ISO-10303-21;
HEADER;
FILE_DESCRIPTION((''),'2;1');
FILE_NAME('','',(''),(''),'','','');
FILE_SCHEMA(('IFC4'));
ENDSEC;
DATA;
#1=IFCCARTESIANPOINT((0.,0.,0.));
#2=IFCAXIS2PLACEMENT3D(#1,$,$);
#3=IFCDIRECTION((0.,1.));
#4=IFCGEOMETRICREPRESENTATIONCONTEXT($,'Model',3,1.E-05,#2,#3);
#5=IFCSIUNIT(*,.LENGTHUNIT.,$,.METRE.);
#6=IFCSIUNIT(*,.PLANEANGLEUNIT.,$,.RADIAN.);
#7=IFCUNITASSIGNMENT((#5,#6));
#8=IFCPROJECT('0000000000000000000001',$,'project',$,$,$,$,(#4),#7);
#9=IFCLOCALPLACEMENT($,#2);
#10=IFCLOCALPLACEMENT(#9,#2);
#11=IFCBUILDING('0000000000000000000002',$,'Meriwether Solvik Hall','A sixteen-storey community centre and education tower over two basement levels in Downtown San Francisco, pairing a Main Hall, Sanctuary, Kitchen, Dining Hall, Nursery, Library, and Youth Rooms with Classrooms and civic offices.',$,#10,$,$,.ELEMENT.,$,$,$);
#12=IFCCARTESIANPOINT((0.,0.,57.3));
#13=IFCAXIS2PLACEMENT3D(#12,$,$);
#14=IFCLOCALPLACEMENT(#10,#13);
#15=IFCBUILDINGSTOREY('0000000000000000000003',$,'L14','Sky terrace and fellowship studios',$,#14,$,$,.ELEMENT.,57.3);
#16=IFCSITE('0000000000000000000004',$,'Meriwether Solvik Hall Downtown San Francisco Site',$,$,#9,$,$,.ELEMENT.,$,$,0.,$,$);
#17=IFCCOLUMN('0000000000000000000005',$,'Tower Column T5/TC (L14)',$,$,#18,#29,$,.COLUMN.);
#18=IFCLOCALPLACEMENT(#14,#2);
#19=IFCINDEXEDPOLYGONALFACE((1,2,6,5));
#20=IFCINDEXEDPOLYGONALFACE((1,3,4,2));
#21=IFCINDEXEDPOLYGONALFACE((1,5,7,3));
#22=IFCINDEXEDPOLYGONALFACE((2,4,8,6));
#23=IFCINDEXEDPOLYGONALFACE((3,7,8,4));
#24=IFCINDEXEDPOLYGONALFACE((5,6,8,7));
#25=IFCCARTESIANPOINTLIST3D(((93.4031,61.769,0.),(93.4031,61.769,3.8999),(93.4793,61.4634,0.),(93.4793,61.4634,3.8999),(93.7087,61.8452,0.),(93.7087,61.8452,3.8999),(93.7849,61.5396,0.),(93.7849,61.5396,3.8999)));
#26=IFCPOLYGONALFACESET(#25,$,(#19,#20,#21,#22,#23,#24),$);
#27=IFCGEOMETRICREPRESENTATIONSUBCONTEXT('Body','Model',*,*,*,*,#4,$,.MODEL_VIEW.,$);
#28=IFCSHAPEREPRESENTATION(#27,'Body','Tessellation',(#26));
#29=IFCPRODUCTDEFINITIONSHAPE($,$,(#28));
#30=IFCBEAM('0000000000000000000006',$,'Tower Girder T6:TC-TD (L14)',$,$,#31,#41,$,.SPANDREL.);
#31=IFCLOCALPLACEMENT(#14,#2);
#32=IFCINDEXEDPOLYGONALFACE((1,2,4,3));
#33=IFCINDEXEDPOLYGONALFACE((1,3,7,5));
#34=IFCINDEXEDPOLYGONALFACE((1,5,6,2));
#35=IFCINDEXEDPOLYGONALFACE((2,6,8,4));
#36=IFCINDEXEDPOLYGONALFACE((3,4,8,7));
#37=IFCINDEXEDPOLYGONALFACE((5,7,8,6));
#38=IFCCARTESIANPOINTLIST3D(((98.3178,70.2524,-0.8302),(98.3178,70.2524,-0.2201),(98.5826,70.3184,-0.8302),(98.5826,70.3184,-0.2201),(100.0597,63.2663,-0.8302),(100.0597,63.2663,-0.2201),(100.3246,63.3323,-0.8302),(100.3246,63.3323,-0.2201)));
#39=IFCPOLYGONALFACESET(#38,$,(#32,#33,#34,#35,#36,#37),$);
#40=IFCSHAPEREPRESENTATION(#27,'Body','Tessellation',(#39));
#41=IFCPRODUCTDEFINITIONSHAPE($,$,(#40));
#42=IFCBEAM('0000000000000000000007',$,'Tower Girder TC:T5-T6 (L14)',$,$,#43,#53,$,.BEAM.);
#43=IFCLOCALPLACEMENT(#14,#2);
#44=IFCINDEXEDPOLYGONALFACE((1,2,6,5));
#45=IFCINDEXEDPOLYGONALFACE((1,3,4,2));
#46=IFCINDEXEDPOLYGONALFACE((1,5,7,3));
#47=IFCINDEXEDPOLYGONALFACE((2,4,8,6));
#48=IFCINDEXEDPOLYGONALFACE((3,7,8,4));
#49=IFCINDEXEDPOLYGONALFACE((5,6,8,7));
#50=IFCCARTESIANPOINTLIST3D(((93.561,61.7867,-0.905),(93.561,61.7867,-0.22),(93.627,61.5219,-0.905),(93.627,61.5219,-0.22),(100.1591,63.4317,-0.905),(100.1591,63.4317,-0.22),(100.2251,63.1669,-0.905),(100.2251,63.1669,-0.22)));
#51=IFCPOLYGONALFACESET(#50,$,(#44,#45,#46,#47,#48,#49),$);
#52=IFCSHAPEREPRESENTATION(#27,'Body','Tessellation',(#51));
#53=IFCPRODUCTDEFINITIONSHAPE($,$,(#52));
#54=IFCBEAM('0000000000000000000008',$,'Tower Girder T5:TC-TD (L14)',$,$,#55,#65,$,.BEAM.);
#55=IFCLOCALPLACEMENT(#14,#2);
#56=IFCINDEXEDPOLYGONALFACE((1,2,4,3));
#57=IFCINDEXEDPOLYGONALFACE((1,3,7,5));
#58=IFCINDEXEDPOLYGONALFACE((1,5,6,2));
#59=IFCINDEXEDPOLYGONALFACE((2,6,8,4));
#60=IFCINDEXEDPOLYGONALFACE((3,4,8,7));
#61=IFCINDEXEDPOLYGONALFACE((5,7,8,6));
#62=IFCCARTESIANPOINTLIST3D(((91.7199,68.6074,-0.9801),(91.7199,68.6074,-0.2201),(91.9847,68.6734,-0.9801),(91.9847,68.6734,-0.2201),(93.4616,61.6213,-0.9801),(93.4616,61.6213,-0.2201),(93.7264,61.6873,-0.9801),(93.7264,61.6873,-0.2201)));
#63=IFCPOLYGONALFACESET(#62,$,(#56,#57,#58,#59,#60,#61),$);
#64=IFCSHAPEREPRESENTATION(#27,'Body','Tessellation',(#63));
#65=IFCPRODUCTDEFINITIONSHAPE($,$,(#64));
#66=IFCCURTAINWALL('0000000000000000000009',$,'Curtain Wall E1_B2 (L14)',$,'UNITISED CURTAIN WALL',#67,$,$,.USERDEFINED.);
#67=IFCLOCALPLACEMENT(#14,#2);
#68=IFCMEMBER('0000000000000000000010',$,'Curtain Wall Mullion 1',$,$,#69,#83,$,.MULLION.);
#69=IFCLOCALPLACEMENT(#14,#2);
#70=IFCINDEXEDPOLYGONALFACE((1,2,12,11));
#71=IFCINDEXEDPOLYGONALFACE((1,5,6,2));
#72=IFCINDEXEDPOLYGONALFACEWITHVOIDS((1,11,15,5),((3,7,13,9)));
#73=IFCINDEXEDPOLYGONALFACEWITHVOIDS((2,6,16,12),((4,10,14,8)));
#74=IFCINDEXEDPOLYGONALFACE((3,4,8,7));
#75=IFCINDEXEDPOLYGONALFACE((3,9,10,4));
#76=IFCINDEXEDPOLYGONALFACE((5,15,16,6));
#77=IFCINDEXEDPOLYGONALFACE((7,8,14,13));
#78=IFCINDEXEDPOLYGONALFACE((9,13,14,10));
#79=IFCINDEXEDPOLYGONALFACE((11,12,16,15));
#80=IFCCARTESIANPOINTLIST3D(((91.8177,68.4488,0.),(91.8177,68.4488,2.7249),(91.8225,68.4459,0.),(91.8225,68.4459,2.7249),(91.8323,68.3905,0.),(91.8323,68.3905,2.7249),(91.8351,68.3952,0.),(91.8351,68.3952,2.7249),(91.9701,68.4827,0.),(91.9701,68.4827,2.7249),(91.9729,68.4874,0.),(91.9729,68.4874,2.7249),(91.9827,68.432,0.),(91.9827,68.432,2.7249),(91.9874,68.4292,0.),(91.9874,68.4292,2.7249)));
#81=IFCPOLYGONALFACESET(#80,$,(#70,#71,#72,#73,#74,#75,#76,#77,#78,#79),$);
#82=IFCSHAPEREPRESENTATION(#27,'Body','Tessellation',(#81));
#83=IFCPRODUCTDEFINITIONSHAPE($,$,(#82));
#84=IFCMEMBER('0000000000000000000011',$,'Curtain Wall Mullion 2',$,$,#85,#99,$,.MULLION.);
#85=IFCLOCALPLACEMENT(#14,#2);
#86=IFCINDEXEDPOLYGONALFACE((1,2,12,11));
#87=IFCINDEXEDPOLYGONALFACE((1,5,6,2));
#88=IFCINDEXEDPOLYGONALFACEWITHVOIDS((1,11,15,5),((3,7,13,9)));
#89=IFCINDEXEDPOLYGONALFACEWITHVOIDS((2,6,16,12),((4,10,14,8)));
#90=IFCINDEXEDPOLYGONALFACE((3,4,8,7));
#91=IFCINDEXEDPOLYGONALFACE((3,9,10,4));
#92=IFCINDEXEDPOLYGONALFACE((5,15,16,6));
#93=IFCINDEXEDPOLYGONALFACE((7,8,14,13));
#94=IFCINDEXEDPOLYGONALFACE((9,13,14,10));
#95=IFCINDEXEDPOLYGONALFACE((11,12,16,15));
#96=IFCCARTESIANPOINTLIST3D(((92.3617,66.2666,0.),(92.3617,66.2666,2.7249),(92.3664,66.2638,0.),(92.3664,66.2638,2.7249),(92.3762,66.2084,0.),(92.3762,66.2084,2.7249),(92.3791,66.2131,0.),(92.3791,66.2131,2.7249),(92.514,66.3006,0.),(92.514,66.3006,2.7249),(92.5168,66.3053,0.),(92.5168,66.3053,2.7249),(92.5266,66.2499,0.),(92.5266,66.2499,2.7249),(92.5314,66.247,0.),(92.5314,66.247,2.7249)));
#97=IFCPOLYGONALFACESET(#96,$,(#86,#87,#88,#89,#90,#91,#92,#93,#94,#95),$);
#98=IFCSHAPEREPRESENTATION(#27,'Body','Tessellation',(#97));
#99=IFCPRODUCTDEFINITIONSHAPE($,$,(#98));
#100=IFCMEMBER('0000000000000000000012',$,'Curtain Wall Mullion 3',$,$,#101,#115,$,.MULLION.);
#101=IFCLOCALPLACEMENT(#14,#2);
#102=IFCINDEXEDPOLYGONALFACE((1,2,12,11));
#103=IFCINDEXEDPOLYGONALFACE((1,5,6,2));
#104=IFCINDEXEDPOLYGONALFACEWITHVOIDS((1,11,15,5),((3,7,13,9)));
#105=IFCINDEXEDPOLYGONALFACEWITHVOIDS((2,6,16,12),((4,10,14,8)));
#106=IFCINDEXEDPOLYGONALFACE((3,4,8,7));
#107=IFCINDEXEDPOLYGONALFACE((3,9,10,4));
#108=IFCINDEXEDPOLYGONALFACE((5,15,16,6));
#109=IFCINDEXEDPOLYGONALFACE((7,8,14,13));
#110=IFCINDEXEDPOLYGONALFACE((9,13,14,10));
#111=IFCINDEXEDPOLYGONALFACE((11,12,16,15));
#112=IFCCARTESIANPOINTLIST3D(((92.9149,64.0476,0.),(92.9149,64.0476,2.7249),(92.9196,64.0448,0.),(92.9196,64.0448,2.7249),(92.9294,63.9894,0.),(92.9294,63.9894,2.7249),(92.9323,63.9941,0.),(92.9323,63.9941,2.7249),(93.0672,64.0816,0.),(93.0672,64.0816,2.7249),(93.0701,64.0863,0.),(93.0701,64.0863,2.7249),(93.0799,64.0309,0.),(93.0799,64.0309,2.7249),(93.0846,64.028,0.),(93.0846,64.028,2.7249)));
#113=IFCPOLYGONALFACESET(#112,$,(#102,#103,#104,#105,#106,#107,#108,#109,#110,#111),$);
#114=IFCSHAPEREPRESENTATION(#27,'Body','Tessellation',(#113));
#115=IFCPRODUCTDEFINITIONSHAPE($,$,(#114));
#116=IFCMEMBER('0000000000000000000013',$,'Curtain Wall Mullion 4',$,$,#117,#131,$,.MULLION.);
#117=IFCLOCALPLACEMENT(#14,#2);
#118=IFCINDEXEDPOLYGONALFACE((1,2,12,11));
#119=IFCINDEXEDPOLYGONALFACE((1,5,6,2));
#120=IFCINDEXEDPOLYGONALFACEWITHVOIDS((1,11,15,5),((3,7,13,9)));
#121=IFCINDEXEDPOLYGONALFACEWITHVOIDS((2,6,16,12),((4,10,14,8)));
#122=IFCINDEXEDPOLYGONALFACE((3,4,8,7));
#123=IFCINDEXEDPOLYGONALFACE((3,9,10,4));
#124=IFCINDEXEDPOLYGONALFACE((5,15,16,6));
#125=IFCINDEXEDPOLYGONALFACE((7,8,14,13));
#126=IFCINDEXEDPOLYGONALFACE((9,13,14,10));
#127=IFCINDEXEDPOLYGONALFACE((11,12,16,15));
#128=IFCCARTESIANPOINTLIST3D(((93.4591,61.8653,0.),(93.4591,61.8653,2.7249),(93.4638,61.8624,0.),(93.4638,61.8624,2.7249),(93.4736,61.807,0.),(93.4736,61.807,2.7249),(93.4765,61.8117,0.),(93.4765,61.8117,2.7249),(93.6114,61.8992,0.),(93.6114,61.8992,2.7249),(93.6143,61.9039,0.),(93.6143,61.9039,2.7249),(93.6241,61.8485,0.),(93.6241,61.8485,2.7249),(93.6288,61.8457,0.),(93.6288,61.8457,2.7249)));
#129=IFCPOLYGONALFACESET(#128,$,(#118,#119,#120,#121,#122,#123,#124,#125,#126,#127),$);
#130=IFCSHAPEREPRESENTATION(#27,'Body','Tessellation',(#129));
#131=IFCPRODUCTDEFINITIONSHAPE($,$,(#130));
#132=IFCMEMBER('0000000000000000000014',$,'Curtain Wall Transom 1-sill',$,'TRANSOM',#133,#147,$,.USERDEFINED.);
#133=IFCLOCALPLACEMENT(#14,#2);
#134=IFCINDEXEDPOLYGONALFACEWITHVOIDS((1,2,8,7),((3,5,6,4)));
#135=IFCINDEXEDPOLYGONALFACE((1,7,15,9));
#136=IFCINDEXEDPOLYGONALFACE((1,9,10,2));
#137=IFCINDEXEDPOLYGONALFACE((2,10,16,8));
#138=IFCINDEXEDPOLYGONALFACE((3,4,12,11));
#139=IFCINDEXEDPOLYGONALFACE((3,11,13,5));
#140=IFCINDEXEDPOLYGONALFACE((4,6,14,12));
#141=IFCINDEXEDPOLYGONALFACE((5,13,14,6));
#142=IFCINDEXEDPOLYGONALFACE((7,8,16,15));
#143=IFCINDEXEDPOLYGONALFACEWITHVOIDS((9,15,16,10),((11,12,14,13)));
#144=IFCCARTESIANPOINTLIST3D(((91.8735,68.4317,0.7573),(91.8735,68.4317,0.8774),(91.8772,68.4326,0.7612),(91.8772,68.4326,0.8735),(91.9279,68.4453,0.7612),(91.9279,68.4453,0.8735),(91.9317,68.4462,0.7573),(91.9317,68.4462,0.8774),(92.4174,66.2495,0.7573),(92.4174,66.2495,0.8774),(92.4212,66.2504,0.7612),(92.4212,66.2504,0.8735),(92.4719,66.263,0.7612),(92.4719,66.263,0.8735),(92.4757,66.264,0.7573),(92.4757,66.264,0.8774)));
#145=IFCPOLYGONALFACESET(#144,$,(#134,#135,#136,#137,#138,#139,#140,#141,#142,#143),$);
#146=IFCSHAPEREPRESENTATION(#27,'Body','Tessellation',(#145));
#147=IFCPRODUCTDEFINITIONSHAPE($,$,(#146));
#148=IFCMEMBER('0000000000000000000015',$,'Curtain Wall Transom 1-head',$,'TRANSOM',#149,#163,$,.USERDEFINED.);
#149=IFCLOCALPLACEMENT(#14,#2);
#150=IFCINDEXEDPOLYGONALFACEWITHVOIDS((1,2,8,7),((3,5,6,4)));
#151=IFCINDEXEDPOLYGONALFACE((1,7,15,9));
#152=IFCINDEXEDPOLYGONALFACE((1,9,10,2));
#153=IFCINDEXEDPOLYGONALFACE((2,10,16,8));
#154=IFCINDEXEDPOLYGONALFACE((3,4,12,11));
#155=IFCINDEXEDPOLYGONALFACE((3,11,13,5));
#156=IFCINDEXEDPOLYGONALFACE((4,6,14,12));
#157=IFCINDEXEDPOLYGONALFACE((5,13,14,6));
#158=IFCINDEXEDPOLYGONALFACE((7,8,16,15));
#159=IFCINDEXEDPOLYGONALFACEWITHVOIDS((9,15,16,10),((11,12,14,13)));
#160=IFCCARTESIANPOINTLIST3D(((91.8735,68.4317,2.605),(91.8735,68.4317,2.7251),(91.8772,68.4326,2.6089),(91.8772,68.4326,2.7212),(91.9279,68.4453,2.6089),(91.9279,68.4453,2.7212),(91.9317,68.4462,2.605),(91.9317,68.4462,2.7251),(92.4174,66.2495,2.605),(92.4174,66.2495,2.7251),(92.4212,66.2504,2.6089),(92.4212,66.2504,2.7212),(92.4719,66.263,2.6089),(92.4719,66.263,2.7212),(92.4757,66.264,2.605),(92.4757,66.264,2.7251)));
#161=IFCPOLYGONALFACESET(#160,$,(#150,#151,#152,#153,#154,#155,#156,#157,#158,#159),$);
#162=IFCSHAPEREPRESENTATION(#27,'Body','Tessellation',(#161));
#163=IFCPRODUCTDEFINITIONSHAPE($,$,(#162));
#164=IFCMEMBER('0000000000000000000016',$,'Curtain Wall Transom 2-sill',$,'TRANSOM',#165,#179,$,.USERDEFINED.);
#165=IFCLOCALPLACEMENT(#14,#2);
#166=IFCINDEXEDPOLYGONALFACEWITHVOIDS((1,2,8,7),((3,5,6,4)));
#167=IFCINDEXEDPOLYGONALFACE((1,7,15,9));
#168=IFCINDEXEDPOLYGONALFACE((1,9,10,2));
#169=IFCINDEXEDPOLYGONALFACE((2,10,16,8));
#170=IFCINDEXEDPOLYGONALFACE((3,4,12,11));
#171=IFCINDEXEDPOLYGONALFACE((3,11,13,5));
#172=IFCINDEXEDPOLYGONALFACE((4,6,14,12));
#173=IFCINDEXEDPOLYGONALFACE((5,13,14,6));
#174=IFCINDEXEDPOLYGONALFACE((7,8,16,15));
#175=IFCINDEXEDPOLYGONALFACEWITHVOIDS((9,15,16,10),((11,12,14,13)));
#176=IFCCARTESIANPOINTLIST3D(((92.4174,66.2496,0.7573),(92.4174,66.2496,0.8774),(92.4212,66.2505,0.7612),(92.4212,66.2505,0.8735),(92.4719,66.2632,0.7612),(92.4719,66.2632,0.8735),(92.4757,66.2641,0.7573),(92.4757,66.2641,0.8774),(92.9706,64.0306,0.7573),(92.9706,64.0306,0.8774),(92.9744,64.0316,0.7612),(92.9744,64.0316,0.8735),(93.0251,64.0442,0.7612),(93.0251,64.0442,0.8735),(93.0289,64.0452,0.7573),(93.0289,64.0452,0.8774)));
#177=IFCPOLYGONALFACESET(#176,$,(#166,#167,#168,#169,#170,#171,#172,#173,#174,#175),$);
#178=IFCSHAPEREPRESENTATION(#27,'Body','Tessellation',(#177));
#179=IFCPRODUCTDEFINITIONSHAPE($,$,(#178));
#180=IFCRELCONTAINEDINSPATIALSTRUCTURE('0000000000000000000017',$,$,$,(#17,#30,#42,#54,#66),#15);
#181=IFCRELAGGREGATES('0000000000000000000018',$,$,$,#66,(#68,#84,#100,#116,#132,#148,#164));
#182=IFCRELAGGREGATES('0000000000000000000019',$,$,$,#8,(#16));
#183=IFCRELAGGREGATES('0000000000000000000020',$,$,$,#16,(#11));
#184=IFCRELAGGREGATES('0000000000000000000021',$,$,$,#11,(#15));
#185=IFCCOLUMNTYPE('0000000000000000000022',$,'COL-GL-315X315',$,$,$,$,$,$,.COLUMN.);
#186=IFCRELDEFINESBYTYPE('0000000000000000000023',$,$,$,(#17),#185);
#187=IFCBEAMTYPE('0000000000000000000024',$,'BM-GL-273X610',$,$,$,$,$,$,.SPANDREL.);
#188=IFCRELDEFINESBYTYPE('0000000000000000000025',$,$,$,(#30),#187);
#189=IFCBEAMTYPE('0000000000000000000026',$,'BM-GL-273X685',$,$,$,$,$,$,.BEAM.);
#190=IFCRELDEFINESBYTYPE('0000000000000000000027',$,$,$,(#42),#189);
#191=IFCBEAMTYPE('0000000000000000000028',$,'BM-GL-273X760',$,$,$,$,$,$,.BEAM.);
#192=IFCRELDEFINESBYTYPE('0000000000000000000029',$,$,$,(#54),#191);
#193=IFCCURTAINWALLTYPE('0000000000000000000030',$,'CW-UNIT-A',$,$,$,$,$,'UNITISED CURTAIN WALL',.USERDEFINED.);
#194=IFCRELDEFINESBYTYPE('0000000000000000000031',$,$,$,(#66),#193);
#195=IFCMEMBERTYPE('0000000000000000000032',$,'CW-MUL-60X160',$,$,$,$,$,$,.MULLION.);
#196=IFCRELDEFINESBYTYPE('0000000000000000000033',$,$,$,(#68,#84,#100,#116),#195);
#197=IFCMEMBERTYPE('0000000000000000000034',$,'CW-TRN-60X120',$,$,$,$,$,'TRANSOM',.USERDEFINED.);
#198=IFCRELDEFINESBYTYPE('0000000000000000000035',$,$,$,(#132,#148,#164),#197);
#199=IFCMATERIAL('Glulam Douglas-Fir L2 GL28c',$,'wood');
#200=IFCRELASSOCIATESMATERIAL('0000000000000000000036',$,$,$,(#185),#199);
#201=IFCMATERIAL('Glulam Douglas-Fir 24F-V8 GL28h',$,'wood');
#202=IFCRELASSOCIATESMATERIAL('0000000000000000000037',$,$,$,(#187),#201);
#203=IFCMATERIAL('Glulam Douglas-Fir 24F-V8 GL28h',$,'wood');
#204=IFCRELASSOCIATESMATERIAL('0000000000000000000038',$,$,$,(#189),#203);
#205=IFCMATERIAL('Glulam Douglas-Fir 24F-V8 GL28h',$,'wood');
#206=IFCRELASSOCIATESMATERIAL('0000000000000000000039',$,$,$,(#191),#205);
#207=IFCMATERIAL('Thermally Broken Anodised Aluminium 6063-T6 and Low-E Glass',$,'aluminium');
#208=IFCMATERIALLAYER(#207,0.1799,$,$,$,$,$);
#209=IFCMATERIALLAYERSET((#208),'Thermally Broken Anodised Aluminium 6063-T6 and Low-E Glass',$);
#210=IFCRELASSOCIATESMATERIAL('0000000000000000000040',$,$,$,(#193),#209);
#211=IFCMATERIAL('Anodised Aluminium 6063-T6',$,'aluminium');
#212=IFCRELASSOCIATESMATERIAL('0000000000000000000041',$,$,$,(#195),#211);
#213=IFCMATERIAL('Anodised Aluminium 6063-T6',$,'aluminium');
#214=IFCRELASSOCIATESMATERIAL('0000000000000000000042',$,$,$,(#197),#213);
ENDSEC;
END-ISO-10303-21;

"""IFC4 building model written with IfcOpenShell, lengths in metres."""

from ifc_helpers import new_model, si_unit, direction, frame, origin, origin_2d, place, context, subcontext, project, spatial, rectangle, hollow_rectangle, extrude, material, layer, layer_set, material_profile, profile_set, type_object, element, aggregate, save


model = new_model("IFC4")

# Units and contexts
model_context = context("Model", 3, precision=1e-05, world=origin(), true_north=direction((0.0, 1.0)))
body_context = subcontext(model_context, "Body", "Model", "MODEL_VIEW")
ifc_project = project(units=[si_unit("LENGTHUNIT", "METRE"), si_unit("PLANEANGLEUNIT", "RADIAN")], contexts=[model_context])

# Site, building, storey
site_placement = place(None, origin())
site = spatial("IfcSite", under=ifc_project, at=site_placement, Name="Meriwether Solvik Hall Downtown San Francisco Site", CompositionType="ELEMENT", RefElevation=0.0)
building_placement = place(site_placement, origin())
building = spatial("IfcBuilding", under=site, at=building_placement, Name="Meriwether Solvik Hall", Description="A sixteen-storey community centre and education tower over two basement levels in Downtown San Francisco, pairing a Main Hall, Sanctuary, Kitchen, Dining Hall, Nursery, Library, and Youth Rooms with Classrooms and civic offices.", CompositionType="ELEMENT")
storey_placement = place(building_placement, frame((0.0, 0.0, 57.3)))
storey = spatial("IfcBuildingStorey", under=building, at=storey_placement, Name="L14", Description="Sky terrace and fellowship studios", CompositionType="ELEMENT", Elevation=57.3)

# Column
ifc_material_1 = material(Name="Glulam Douglas-Fir L2 GL28c", Category="wood")
ifc_material_profile_1 = material_profile(ifc_material_1, rectangle(XDim=0.3149, YDim=0.3149, at=origin_2d()), Name="GLC-315X315")
ifc_profile_set_1 = profile_set([ifc_material_profile_1], Name="Glulam Douglas-Fir L2 GL28c")
column_type = type_object("IfcColumnType", Name="COL-GL-315X315", PredefinedType="COLUMN", material=ifc_profile_set_1)
column_placement = place(storey_placement, frame((93.594, 61.6543, 0.0), z_axis=(0.0, 0.0, 1.0), x_axis=(0.970296, 0.241922, 0.0)))
element("IfcColumn", 1, at=column_placement, inside=storey, type_object=column_type, Name="Tower Column T5/TC (L14)", PredefinedType="COLUMN", context=body_context, shape_type="SweptSolid", body=[
    extrude(rectangle(XDim=0.3149, YDim=0.3149, at=origin_2d()), origin(), (0.0, 0.0, 1.0), 3.8999),
])

# Beams
ifc_material_2 = material(Name="Glulam Douglas-Fir 24F-V8 GL28h", Category="wood")
ifc_material_profile_2 = material_profile(ifc_material_2, rectangle(XDim=0.2729, YDim=0.6101, at=origin_2d()), Name="GLB-273X610")
ifc_profile_set_2 = profile_set([ifc_material_profile_2], Name="Glulam Douglas-Fir 24F-V8 GL28h")
beam_type_1 = type_object("IfcBeamType", Name="BM-GL-273X610", PredefinedType="SPANDREL", material=ifc_profile_set_2)
beam_1_placement = place(storey_placement, frame((100.1921, 63.2993, -0.5251), z_axis=(-0.241937, 0.970292, 0.0), x_axis=(-0.970292, -0.241937, 0.0)))
element("IfcBeam", 2, at=beam_1_placement, inside=storey, type_object=beam_type_1, Name="Tower Girder T6:TC-TD (L14)", PredefinedType="SPANDREL", context=body_context, shape_type="SweptSolid", body=[
    extrude(rectangle(XDim=0.2729, YDim=0.6101, at=origin_2d()), origin(), (0.0, 0.0, 1.0), 7.2),
])
ifc_material_3 = material(Name="Glulam Douglas-Fir 24F-V8 GL28h", Category="wood")
ifc_material_profile_3 = material_profile(ifc_material_3, rectangle(XDim=0.2729, YDim=0.6851, at=origin_2d()), Name="GLB-273X685")
ifc_profile_set_3 = profile_set([ifc_material_profile_3], Name="Glulam Douglas-Fir 24F-V8 GL28h")
beam_type_2 = type_object("IfcBeamType", Name="BM-GL-273X685", PredefinedType="BEAM", material=ifc_profile_set_3)
beam_2_placement = place(storey_placement, frame((93.594, 61.6543, -0.5625), z_axis=(0.970299, 0.24191, 0.0), x_axis=(-0.24191, 0.970299, 0.0)))
element("IfcBeam", 3, at=beam_2_placement, inside=storey, type_object=beam_type_2, Name="Tower Girder TC:T5-T6 (L14)", PredefinedType="BEAM", context=body_context, shape_type="SweptSolid", body=[
    extrude(rectangle(XDim=0.2729, YDim=0.6851, at=origin_2d()), origin(), (0.0, 0.0, 1.0), 6.8),
])
ifc_material_4 = material(Name="Glulam Douglas-Fir 24F-V8 GL28h", Category="wood")
ifc_material_profile_4 = material_profile(ifc_material_4, rectangle(XDim=0.2729, YDim=0.76, at=origin_2d()), Name="GLB-273X760")
ifc_profile_set_4 = profile_set([ifc_material_profile_4], Name="Glulam Douglas-Fir 24F-V8 GL28h")
beam_type_3 = type_object("IfcBeamType", Name="BM-GL-273X760", PredefinedType="BEAM", material=ifc_profile_set_4)
beam_3_placement = place(storey_placement, frame((93.594, 61.6543, -0.6001), z_axis=(-0.241905, 0.9703, 0.0), x_axis=(-0.9703, -0.241905, 0.0)))
element("IfcBeam", 4, at=beam_3_placement, inside=storey, type_object=beam_type_3, Name="Tower Girder T5:TC-TD (L14)", PredefinedType="BEAM", context=body_context, shape_type="SweptSolid", body=[
    extrude(rectangle(XDim=0.2729, YDim=0.76, at=origin_2d()), origin(), (0.0, 0.0, 1.0), 7.2),
])

# Curtain wall, members
ifc_material_5 = material(Name="Thermally Broken Anodised Aluminium 6063-T6 and Low-E Glass", Category="aluminium")
ifc_layer_1 = layer(ifc_material_5, 0.1799)
ifc_layer_set_1 = layer_set([ifc_layer_1], Name="Thermally Broken Anodised Aluminium 6063-T6 and Low-E Glass")
curtain_wall_type = type_object("IfcCurtainWallType", Name="CW-UNIT-A", ElementType="UNITISED CURTAIN WALL", PredefinedType="USERDEFINED", material=ifc_layer_set_1)
curtain_wall_placement = place(storey_placement, origin())
curtain_wall = element("IfcCurtainWall", 5, at=curtain_wall_placement, inside=storey, type_object=curtain_wall_type, Name="Curtain Wall E1_B2 (L14)", ObjectType="UNITISED CURTAIN WALL", PredefinedType="USERDEFINED")
ifc_material_6 = material(Name="Anodised Aluminium 6063-T6", Category="aluminium")
ifc_material_profile_5 = material_profile(ifc_material_6, hollow_rectangle(XDim=0.0601, YDim=0.1599, WallThickness=0.0039, at=origin_2d()), Name="CWM-60X160")
ifc_profile_set_5 = profile_set([ifc_material_profile_5], Name="Anodised Aluminium 6063-T6")
member_type_1 = type_object("IfcMemberType", Name="CW-MUL-60X160", PredefinedType="MULLION", material=ifc_profile_set_5)
member_1_placement = place(storey_placement, frame((91.9026, 68.439, 0.0), z_axis=(0.0, 0.0, 1.0), x_axis=(0.241922, -0.970296, 0.0)))
member_1 = element("IfcMember", 6, at=member_1_placement, type_object=member_type_1, Name="Curtain Wall Mullion 1", PredefinedType="MULLION", context=body_context, shape_type="SweptSolid", body=[
    extrude(hollow_rectangle(XDim=0.0601, YDim=0.1599, WallThickness=0.0039, at=origin_2d()), origin(), (0.0, 0.0, 1.0), 2.7249),
])
member_2_placement = place(storey_placement, frame((92.4465, 66.2568, 0.0), z_axis=(0.0, 0.0, 1.0), x_axis=(0.241922, -0.970296, 0.0)))
member_2 = element("IfcMember", 7, at=member_2_placement, type_object=member_type_1, Name="Curtain Wall Mullion 2", PredefinedType="MULLION", context=body_context, shape_type="SweptSolid", body=[
    extrude(hollow_rectangle(XDim=0.0601, YDim=0.1599, WallThickness=0.0039, at=origin_2d()), origin(), (0.0, 0.0, 1.0), 2.7249),
])
member_3_placement = place(storey_placement, frame((92.9998, 64.0378, 0.0), z_axis=(0.0, 0.0, 1.0), x_axis=(0.241922, -0.970296, 0.0)))
member_3 = element("IfcMember", 8, at=member_3_placement, type_object=member_type_1, Name="Curtain Wall Mullion 3", PredefinedType="MULLION", context=body_context, shape_type="SweptSolid", body=[
    extrude(hollow_rectangle(XDim=0.0601, YDim=0.1599, WallThickness=0.0039, at=origin_2d()), origin(), (0.0, 0.0, 1.0), 2.7249),
])
member_4_placement = place(storey_placement, frame((93.5439, 61.8555, 0.0), z_axis=(0.0, 0.0, 1.0), x_axis=(0.241922, -0.970296, 0.0)))
member_4 = element("IfcMember", 9, at=member_4_placement, type_object=member_type_1, Name="Curtain Wall Mullion 4", PredefinedType="MULLION", context=body_context, shape_type="SweptSolid", body=[
    extrude(hollow_rectangle(XDim=0.0601, YDim=0.1599, WallThickness=0.0039, at=origin_2d()), origin(), (0.0, 0.0, 1.0), 2.7249),
])
ifc_material_7 = material(Name="Anodised Aluminium 6063-T6", Category="aluminium")
ifc_material_profile_6 = material_profile(ifc_material_7, hollow_rectangle(XDim=0.0601, YDim=0.1201, WallThickness=0.0039, at=origin_2d()), Name="CWT-60X120")
ifc_profile_set_6 = profile_set([ifc_material_profile_6], Name="Anodised Aluminium 6063-T6")
member_type_2 = type_object("IfcMemberType", Name="CW-TRN-60X120", ElementType="TRANSOM", PredefinedType="USERDEFINED", material=ifc_profile_set_6)
member_5_placement = place(storey_placement, frame((91.9026, 68.439, 0.8174), z_axis=(0.241871, -0.970308, 0.0), x_axis=(0.970308, 0.241871, 0.0)))
member_5 = element("IfcMember", 10, at=member_5_placement, type_object=member_type_2, Name="Curtain Wall Transom 1-sill", ObjectType="TRANSOM", PredefinedType="USERDEFINED", context=body_context, shape_type="SweptSolid", body=[
    extrude(hollow_rectangle(XDim=0.0601, YDim=0.1201, WallThickness=0.0039, at=origin_2d()), origin(), (0.0, 0.0, 1.0), 2.249),
])
member_6_placement = place(storey_placement, frame((91.9026, 68.439, 2.665), z_axis=(0.241871, -0.970308, 0.0), x_axis=(0.970308, 0.241871, 0.0)))
member_6 = element("IfcMember", 11, at=member_6_placement, type_object=member_type_2, Name="Curtain Wall Transom 1-head", ObjectType="TRANSOM", PredefinedType="USERDEFINED", context=body_context, shape_type="SweptSolid", body=[
    extrude(hollow_rectangle(XDim=0.0601, YDim=0.1201, WallThickness=0.0039, at=origin_2d()), origin(), (0.0, 0.0, 1.0), 2.249),
])
member_7_placement = place(storey_placement, frame((92.4465, 66.2568, 0.8174), z_axis=(0.241908, -0.970299, 0.0), x_axis=(0.970299, 0.241908, 0.0)))
member_7 = element("IfcMember", 12, at=member_7_placement, type_object=member_type_2, Name="Curtain Wall Transom 2-sill", ObjectType="TRANSOM", PredefinedType="USERDEFINED", context=body_context, shape_type="SweptSolid", body=[
    extrude(hollow_rectangle(XDim=0.0601, YDim=0.1201, WallThickness=0.0039, at=origin_2d()), origin(), (0.0, 0.0, 1.0), 2.2869),
])

aggregate(curtain_wall, [member_1, member_2, member_3, member_4, member_5, member_6, member_7])

save(model, "model.ifc")
